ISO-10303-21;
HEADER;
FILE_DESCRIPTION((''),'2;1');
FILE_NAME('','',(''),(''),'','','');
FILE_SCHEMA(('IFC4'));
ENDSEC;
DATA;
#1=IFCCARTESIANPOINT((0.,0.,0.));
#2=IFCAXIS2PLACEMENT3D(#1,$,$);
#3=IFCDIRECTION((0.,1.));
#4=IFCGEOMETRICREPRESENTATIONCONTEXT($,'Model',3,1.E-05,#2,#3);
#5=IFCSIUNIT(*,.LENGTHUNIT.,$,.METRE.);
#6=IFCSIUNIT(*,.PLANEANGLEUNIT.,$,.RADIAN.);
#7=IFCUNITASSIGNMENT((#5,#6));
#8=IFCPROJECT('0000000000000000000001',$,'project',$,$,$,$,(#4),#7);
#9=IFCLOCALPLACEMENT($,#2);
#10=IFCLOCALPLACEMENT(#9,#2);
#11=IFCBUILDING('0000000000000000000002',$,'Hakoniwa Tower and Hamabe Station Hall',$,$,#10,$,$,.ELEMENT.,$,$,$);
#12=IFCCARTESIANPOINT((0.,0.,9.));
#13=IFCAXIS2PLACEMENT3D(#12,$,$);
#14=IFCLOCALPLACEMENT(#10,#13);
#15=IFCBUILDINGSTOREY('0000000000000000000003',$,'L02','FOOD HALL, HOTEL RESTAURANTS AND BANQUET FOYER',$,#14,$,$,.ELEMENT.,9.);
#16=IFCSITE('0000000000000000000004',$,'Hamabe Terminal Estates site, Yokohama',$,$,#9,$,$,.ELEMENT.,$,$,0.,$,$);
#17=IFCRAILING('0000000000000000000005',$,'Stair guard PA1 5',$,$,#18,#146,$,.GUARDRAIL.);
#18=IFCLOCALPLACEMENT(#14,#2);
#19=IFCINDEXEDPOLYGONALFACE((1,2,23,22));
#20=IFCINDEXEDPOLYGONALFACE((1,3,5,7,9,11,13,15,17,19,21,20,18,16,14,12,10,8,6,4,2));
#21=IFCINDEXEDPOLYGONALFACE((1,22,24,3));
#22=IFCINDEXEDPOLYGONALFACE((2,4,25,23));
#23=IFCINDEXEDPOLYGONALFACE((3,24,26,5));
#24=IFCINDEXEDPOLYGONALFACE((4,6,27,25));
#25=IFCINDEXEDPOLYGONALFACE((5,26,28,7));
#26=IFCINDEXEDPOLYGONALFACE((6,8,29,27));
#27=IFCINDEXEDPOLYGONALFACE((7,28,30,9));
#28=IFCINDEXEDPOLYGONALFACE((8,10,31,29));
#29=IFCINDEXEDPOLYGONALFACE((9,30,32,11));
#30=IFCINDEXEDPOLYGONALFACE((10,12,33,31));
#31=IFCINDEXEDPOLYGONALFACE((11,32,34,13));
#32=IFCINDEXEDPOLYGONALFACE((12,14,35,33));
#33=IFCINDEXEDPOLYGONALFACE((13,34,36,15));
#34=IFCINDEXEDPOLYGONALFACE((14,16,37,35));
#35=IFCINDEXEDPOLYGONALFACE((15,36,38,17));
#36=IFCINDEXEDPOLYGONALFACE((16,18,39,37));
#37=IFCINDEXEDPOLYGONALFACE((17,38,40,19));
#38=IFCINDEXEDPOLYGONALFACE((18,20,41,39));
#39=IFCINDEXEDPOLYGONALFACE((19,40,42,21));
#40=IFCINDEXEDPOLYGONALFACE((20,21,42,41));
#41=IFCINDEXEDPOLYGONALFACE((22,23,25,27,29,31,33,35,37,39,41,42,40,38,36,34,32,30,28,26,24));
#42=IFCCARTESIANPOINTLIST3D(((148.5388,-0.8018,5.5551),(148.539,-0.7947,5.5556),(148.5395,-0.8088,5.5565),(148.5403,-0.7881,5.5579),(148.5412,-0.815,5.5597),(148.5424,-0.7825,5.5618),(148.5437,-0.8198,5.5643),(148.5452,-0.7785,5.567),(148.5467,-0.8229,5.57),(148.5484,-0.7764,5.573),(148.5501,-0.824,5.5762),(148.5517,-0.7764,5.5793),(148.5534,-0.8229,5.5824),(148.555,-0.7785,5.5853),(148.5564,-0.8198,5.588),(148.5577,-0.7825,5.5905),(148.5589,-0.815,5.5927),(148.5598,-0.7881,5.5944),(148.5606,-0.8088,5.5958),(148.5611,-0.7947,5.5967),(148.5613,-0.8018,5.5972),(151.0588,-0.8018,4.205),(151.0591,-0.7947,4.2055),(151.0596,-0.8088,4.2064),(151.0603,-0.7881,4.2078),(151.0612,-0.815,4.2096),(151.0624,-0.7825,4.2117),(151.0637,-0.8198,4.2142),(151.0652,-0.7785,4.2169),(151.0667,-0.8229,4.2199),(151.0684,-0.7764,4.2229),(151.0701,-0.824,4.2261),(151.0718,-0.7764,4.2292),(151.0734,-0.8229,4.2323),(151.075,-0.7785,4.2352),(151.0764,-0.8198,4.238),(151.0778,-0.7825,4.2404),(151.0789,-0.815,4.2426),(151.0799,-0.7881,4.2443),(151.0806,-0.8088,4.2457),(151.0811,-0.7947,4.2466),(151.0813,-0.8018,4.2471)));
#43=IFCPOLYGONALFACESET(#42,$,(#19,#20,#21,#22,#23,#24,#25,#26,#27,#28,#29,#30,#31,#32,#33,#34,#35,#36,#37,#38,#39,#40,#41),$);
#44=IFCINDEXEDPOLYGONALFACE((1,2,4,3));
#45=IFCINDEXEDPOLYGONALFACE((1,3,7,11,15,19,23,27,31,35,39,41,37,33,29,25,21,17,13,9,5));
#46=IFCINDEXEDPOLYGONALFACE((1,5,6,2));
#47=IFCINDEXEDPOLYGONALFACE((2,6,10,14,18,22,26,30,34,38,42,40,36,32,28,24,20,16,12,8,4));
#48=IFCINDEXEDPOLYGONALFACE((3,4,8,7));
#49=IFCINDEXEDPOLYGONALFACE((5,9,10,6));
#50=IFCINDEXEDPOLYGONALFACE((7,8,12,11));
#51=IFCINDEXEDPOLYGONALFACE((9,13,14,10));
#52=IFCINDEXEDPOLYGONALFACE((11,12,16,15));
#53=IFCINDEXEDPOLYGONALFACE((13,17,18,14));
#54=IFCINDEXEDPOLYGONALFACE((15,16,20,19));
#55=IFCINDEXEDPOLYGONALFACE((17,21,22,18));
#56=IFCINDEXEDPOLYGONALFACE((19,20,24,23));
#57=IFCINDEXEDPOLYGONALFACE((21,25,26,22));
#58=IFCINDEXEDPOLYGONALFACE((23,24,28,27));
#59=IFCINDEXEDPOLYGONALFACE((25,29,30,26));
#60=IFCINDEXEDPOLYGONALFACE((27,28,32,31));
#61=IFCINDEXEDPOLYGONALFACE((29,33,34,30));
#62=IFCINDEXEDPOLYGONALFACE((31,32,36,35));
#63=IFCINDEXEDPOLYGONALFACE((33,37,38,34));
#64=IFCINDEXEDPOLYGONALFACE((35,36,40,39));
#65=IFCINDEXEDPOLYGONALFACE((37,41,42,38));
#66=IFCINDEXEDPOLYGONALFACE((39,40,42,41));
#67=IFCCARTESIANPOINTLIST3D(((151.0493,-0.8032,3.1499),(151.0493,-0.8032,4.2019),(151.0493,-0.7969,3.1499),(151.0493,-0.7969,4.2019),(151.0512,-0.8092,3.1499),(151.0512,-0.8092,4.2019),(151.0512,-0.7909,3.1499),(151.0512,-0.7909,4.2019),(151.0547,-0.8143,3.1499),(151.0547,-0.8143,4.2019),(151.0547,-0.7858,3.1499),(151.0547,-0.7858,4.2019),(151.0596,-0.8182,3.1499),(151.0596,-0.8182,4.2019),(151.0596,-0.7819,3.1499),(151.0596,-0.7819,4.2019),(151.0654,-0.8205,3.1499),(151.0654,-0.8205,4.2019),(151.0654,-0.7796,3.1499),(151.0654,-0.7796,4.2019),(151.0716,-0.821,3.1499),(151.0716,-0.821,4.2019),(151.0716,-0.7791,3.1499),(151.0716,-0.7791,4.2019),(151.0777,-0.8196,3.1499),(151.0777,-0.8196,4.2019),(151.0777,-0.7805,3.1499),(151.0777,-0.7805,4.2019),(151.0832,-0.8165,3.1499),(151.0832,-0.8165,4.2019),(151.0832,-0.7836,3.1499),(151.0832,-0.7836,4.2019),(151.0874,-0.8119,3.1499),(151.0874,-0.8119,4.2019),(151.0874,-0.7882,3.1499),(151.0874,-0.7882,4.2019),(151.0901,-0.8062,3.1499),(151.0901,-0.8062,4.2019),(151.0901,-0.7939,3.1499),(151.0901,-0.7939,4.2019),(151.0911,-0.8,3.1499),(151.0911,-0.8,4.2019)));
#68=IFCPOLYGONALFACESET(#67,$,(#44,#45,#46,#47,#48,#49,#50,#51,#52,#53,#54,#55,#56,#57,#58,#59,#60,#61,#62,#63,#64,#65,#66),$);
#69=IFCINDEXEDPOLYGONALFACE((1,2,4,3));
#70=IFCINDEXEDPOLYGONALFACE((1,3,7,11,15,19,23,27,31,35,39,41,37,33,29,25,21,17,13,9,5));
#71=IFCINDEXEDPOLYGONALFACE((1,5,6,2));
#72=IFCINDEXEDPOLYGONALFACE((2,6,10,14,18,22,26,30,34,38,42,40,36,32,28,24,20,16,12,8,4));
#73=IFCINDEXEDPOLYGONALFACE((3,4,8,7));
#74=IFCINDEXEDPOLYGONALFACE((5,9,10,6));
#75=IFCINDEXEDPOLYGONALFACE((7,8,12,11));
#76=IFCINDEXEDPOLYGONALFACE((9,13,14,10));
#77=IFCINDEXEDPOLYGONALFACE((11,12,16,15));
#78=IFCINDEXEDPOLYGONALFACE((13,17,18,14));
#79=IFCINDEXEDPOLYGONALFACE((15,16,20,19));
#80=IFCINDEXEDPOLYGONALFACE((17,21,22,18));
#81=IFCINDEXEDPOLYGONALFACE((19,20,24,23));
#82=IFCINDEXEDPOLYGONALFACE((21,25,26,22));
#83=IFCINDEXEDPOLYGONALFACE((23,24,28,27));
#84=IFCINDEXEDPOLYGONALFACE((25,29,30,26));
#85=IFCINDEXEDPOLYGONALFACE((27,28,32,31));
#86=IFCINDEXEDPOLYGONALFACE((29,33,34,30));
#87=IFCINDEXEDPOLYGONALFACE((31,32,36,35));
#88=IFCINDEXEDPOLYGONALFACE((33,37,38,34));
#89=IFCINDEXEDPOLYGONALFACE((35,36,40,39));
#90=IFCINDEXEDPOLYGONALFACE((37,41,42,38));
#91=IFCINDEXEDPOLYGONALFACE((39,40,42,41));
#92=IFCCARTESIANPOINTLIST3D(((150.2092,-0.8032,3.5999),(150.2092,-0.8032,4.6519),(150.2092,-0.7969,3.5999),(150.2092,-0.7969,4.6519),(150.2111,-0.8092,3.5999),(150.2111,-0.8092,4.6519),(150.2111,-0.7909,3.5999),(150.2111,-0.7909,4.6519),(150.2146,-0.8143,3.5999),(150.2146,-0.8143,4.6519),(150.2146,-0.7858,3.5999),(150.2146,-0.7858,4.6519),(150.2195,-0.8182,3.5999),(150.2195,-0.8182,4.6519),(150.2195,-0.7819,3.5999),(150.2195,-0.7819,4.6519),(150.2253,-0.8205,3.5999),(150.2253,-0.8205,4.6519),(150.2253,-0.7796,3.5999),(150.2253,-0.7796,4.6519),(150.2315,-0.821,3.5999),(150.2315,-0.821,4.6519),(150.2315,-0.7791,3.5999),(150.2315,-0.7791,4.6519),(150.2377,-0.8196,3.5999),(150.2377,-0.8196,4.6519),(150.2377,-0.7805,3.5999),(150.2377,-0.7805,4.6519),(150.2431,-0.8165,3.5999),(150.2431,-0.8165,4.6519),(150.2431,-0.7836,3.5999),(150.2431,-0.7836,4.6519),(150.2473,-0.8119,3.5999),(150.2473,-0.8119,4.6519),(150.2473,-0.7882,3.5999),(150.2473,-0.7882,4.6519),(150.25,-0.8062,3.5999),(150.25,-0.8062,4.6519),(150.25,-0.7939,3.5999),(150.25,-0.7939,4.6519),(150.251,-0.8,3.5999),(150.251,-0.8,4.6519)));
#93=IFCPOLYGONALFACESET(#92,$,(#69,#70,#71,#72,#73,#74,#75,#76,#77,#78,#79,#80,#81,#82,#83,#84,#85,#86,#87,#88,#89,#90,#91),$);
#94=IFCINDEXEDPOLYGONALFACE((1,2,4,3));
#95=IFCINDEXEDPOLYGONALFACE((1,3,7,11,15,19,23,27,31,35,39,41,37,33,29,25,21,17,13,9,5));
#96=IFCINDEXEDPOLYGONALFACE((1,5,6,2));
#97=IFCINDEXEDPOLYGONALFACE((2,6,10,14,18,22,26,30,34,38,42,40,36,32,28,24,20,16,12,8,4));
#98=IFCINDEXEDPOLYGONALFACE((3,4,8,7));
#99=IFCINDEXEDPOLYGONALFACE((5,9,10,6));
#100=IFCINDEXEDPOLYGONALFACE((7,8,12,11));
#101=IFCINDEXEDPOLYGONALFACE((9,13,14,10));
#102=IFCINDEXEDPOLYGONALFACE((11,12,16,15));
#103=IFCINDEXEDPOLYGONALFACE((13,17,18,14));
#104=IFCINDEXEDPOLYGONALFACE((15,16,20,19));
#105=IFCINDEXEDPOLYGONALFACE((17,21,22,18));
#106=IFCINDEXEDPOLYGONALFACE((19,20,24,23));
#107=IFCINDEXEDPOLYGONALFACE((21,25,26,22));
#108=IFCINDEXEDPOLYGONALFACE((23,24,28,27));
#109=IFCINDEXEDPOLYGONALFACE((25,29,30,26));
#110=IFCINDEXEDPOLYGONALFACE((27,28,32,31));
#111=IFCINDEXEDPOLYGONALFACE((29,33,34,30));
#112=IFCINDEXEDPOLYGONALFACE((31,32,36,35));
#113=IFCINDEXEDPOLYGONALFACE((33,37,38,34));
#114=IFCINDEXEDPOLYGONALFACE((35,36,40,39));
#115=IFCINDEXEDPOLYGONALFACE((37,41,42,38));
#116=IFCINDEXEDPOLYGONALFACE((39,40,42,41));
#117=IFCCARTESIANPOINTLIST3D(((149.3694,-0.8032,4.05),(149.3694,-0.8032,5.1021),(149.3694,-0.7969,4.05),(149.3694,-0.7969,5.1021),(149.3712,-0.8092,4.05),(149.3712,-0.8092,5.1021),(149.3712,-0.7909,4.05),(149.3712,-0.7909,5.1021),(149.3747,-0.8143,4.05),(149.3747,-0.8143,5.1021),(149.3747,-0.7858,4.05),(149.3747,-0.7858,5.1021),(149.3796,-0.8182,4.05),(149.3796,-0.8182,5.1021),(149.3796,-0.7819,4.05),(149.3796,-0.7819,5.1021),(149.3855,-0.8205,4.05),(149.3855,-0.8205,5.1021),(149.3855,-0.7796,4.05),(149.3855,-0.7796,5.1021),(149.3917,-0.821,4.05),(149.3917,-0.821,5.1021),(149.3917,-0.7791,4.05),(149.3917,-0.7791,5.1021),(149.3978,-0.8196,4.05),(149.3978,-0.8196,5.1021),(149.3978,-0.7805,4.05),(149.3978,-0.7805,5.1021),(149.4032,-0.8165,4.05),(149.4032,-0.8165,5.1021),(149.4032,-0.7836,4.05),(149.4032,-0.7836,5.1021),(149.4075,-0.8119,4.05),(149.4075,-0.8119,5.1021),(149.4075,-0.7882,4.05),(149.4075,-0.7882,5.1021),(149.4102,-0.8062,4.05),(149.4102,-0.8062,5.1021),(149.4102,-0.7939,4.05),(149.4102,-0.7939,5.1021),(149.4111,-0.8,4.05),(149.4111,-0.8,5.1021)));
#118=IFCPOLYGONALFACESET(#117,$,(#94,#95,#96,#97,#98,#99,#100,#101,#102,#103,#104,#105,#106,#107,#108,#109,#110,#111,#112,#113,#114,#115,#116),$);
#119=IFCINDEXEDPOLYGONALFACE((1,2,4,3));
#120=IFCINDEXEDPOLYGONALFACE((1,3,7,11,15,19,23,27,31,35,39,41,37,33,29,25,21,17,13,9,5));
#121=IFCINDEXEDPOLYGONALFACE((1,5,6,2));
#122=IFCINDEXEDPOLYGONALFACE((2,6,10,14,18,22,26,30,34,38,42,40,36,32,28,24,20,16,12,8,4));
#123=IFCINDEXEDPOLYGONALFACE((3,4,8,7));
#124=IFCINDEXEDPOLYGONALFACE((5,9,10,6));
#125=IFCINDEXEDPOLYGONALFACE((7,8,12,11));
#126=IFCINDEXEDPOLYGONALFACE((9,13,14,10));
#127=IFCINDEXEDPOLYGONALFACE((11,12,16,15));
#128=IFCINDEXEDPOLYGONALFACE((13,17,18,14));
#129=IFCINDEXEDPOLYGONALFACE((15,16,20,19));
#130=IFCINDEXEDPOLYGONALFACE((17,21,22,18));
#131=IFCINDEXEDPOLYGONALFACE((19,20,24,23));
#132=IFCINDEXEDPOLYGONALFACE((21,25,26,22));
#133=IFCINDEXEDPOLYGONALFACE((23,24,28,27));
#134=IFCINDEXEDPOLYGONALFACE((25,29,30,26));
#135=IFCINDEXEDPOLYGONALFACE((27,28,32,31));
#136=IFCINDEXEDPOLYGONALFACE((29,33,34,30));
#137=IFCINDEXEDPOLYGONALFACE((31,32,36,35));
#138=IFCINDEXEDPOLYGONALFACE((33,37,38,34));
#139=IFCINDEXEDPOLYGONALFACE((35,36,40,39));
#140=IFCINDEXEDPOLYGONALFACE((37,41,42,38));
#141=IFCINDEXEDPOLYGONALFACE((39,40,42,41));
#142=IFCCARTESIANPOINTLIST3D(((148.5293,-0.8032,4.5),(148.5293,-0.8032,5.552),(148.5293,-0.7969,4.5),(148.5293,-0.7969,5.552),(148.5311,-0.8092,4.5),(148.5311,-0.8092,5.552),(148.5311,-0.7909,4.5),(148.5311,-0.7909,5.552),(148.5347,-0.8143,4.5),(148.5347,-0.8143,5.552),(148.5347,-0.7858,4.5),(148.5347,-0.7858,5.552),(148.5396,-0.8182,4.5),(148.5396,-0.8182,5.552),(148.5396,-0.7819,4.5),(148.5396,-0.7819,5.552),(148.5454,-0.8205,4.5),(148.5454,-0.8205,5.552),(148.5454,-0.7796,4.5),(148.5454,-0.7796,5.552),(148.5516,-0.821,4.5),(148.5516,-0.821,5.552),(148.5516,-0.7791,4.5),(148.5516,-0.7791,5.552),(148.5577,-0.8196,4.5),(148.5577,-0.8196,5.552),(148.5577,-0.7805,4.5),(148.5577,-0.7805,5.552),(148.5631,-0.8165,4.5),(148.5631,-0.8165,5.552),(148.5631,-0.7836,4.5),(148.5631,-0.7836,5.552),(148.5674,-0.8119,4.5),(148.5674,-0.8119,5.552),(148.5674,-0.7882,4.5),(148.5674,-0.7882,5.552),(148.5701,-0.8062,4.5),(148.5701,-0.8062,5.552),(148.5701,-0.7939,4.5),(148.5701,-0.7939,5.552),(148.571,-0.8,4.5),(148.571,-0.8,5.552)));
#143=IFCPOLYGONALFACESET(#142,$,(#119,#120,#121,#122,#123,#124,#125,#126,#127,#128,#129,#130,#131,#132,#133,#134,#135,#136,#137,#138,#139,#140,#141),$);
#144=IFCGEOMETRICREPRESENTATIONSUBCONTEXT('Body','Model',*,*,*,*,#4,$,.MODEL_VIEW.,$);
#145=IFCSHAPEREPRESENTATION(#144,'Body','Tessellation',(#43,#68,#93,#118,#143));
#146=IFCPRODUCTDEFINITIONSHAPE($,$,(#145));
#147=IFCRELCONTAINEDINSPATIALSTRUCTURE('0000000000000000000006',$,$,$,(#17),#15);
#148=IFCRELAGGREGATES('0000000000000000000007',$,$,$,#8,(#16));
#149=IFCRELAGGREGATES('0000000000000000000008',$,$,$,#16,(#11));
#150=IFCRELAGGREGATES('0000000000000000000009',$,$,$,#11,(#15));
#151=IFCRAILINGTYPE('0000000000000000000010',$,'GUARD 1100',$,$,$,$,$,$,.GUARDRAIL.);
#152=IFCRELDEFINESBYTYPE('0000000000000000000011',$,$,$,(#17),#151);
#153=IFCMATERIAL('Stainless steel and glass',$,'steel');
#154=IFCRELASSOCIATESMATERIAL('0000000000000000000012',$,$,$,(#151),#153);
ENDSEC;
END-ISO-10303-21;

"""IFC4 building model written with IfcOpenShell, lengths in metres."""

from ifc_helpers import new_model, si_unit, direction, frame, origin, origin_2d, place, context, subcontext, project, spatial, circle, extrude, material, type_object, element, save


model = new_model("IFC4")

# Units and contexts
model_context = context("Model", 3, precision=1e-05, world=origin(), true_north=direction((0.0, 1.0)))
body_context = subcontext(model_context, "Body", "Model", "MODEL_VIEW")
ifc_project = project(units=[si_unit("LENGTHUNIT", "METRE"), si_unit("PLANEANGLEUNIT", "RADIAN")], contexts=[model_context])

# Site, building, storey
site_placement = place(None, origin())
site = spatial("IfcSite", under=ifc_project, at=site_placement, Name="Hamabe Terminal Estates site, Yokohama", CompositionType="ELEMENT", RefElevation=0.0)
building_placement = place(site_placement, origin())
building = spatial("IfcBuilding", under=site, at=building_placement, Name="Hakoniwa Tower and Hamabe Station Hall", CompositionType="ELEMENT")
storey_placement = place(building_placement, frame((0.0, 0.0, 9.0)))
storey = spatial("IfcBuildingStorey", under=building, at=storey_placement, Name="L02", Description="FOOD HALL, HOTEL RESTAURANTS AND BANQUET FOYER", CompositionType="ELEMENT", Elevation=9.0)

# Railing
ifc_material_1 = material(Name="Stainless steel and glass", Category="steel")
railing_type_1 = type_object("IfcRailingType", Name="GUARD 1100", PredefinedType="GUARDRAIL", material=ifc_material_1)
railing_1_placement = place(storey_placement, frame((151.0701, -0.8, 3.1499)))
element("IfcRailing", 1, at=railing_1_placement, inside=storey, type_object=railing_type_1, Name="Stair guard PA1 5", PredefinedType="GUARDRAIL", context=body_context, shape_type="SweptSolid", body=[
    extrude(circle(Radius=0.0239, at=origin_2d()), frame((0.0, 0.0, 1.0762), z_axis=(-0.881467, 0.0, 0.472245), x_axis=(0.0, -1.0, 0.0)), (0.0, 0.0, 1.0), 2.8589),
    extrude(circle(Radius=0.021, at=origin_2d()), origin(), (0.0, 0.0, 1.0), 1.052),
    extrude(circle(Radius=0.021, at=origin_2d()), frame((-0.8401, 0.0, 0.45)), (0.0, 0.0, 1.0), 1.052),
    extrude(circle(Radius=0.021, at=origin_2d()), frame((-1.6799, 0.0, 0.9001)), (0.0, 0.0, 1.0), 1.052),
    extrude(circle(Radius=0.021, at=origin_2d()), frame((-2.52, 0.0, 1.3501)), (0.0, 0.0, 1.0), 1.052),
])

save(model, "model.ifc")
